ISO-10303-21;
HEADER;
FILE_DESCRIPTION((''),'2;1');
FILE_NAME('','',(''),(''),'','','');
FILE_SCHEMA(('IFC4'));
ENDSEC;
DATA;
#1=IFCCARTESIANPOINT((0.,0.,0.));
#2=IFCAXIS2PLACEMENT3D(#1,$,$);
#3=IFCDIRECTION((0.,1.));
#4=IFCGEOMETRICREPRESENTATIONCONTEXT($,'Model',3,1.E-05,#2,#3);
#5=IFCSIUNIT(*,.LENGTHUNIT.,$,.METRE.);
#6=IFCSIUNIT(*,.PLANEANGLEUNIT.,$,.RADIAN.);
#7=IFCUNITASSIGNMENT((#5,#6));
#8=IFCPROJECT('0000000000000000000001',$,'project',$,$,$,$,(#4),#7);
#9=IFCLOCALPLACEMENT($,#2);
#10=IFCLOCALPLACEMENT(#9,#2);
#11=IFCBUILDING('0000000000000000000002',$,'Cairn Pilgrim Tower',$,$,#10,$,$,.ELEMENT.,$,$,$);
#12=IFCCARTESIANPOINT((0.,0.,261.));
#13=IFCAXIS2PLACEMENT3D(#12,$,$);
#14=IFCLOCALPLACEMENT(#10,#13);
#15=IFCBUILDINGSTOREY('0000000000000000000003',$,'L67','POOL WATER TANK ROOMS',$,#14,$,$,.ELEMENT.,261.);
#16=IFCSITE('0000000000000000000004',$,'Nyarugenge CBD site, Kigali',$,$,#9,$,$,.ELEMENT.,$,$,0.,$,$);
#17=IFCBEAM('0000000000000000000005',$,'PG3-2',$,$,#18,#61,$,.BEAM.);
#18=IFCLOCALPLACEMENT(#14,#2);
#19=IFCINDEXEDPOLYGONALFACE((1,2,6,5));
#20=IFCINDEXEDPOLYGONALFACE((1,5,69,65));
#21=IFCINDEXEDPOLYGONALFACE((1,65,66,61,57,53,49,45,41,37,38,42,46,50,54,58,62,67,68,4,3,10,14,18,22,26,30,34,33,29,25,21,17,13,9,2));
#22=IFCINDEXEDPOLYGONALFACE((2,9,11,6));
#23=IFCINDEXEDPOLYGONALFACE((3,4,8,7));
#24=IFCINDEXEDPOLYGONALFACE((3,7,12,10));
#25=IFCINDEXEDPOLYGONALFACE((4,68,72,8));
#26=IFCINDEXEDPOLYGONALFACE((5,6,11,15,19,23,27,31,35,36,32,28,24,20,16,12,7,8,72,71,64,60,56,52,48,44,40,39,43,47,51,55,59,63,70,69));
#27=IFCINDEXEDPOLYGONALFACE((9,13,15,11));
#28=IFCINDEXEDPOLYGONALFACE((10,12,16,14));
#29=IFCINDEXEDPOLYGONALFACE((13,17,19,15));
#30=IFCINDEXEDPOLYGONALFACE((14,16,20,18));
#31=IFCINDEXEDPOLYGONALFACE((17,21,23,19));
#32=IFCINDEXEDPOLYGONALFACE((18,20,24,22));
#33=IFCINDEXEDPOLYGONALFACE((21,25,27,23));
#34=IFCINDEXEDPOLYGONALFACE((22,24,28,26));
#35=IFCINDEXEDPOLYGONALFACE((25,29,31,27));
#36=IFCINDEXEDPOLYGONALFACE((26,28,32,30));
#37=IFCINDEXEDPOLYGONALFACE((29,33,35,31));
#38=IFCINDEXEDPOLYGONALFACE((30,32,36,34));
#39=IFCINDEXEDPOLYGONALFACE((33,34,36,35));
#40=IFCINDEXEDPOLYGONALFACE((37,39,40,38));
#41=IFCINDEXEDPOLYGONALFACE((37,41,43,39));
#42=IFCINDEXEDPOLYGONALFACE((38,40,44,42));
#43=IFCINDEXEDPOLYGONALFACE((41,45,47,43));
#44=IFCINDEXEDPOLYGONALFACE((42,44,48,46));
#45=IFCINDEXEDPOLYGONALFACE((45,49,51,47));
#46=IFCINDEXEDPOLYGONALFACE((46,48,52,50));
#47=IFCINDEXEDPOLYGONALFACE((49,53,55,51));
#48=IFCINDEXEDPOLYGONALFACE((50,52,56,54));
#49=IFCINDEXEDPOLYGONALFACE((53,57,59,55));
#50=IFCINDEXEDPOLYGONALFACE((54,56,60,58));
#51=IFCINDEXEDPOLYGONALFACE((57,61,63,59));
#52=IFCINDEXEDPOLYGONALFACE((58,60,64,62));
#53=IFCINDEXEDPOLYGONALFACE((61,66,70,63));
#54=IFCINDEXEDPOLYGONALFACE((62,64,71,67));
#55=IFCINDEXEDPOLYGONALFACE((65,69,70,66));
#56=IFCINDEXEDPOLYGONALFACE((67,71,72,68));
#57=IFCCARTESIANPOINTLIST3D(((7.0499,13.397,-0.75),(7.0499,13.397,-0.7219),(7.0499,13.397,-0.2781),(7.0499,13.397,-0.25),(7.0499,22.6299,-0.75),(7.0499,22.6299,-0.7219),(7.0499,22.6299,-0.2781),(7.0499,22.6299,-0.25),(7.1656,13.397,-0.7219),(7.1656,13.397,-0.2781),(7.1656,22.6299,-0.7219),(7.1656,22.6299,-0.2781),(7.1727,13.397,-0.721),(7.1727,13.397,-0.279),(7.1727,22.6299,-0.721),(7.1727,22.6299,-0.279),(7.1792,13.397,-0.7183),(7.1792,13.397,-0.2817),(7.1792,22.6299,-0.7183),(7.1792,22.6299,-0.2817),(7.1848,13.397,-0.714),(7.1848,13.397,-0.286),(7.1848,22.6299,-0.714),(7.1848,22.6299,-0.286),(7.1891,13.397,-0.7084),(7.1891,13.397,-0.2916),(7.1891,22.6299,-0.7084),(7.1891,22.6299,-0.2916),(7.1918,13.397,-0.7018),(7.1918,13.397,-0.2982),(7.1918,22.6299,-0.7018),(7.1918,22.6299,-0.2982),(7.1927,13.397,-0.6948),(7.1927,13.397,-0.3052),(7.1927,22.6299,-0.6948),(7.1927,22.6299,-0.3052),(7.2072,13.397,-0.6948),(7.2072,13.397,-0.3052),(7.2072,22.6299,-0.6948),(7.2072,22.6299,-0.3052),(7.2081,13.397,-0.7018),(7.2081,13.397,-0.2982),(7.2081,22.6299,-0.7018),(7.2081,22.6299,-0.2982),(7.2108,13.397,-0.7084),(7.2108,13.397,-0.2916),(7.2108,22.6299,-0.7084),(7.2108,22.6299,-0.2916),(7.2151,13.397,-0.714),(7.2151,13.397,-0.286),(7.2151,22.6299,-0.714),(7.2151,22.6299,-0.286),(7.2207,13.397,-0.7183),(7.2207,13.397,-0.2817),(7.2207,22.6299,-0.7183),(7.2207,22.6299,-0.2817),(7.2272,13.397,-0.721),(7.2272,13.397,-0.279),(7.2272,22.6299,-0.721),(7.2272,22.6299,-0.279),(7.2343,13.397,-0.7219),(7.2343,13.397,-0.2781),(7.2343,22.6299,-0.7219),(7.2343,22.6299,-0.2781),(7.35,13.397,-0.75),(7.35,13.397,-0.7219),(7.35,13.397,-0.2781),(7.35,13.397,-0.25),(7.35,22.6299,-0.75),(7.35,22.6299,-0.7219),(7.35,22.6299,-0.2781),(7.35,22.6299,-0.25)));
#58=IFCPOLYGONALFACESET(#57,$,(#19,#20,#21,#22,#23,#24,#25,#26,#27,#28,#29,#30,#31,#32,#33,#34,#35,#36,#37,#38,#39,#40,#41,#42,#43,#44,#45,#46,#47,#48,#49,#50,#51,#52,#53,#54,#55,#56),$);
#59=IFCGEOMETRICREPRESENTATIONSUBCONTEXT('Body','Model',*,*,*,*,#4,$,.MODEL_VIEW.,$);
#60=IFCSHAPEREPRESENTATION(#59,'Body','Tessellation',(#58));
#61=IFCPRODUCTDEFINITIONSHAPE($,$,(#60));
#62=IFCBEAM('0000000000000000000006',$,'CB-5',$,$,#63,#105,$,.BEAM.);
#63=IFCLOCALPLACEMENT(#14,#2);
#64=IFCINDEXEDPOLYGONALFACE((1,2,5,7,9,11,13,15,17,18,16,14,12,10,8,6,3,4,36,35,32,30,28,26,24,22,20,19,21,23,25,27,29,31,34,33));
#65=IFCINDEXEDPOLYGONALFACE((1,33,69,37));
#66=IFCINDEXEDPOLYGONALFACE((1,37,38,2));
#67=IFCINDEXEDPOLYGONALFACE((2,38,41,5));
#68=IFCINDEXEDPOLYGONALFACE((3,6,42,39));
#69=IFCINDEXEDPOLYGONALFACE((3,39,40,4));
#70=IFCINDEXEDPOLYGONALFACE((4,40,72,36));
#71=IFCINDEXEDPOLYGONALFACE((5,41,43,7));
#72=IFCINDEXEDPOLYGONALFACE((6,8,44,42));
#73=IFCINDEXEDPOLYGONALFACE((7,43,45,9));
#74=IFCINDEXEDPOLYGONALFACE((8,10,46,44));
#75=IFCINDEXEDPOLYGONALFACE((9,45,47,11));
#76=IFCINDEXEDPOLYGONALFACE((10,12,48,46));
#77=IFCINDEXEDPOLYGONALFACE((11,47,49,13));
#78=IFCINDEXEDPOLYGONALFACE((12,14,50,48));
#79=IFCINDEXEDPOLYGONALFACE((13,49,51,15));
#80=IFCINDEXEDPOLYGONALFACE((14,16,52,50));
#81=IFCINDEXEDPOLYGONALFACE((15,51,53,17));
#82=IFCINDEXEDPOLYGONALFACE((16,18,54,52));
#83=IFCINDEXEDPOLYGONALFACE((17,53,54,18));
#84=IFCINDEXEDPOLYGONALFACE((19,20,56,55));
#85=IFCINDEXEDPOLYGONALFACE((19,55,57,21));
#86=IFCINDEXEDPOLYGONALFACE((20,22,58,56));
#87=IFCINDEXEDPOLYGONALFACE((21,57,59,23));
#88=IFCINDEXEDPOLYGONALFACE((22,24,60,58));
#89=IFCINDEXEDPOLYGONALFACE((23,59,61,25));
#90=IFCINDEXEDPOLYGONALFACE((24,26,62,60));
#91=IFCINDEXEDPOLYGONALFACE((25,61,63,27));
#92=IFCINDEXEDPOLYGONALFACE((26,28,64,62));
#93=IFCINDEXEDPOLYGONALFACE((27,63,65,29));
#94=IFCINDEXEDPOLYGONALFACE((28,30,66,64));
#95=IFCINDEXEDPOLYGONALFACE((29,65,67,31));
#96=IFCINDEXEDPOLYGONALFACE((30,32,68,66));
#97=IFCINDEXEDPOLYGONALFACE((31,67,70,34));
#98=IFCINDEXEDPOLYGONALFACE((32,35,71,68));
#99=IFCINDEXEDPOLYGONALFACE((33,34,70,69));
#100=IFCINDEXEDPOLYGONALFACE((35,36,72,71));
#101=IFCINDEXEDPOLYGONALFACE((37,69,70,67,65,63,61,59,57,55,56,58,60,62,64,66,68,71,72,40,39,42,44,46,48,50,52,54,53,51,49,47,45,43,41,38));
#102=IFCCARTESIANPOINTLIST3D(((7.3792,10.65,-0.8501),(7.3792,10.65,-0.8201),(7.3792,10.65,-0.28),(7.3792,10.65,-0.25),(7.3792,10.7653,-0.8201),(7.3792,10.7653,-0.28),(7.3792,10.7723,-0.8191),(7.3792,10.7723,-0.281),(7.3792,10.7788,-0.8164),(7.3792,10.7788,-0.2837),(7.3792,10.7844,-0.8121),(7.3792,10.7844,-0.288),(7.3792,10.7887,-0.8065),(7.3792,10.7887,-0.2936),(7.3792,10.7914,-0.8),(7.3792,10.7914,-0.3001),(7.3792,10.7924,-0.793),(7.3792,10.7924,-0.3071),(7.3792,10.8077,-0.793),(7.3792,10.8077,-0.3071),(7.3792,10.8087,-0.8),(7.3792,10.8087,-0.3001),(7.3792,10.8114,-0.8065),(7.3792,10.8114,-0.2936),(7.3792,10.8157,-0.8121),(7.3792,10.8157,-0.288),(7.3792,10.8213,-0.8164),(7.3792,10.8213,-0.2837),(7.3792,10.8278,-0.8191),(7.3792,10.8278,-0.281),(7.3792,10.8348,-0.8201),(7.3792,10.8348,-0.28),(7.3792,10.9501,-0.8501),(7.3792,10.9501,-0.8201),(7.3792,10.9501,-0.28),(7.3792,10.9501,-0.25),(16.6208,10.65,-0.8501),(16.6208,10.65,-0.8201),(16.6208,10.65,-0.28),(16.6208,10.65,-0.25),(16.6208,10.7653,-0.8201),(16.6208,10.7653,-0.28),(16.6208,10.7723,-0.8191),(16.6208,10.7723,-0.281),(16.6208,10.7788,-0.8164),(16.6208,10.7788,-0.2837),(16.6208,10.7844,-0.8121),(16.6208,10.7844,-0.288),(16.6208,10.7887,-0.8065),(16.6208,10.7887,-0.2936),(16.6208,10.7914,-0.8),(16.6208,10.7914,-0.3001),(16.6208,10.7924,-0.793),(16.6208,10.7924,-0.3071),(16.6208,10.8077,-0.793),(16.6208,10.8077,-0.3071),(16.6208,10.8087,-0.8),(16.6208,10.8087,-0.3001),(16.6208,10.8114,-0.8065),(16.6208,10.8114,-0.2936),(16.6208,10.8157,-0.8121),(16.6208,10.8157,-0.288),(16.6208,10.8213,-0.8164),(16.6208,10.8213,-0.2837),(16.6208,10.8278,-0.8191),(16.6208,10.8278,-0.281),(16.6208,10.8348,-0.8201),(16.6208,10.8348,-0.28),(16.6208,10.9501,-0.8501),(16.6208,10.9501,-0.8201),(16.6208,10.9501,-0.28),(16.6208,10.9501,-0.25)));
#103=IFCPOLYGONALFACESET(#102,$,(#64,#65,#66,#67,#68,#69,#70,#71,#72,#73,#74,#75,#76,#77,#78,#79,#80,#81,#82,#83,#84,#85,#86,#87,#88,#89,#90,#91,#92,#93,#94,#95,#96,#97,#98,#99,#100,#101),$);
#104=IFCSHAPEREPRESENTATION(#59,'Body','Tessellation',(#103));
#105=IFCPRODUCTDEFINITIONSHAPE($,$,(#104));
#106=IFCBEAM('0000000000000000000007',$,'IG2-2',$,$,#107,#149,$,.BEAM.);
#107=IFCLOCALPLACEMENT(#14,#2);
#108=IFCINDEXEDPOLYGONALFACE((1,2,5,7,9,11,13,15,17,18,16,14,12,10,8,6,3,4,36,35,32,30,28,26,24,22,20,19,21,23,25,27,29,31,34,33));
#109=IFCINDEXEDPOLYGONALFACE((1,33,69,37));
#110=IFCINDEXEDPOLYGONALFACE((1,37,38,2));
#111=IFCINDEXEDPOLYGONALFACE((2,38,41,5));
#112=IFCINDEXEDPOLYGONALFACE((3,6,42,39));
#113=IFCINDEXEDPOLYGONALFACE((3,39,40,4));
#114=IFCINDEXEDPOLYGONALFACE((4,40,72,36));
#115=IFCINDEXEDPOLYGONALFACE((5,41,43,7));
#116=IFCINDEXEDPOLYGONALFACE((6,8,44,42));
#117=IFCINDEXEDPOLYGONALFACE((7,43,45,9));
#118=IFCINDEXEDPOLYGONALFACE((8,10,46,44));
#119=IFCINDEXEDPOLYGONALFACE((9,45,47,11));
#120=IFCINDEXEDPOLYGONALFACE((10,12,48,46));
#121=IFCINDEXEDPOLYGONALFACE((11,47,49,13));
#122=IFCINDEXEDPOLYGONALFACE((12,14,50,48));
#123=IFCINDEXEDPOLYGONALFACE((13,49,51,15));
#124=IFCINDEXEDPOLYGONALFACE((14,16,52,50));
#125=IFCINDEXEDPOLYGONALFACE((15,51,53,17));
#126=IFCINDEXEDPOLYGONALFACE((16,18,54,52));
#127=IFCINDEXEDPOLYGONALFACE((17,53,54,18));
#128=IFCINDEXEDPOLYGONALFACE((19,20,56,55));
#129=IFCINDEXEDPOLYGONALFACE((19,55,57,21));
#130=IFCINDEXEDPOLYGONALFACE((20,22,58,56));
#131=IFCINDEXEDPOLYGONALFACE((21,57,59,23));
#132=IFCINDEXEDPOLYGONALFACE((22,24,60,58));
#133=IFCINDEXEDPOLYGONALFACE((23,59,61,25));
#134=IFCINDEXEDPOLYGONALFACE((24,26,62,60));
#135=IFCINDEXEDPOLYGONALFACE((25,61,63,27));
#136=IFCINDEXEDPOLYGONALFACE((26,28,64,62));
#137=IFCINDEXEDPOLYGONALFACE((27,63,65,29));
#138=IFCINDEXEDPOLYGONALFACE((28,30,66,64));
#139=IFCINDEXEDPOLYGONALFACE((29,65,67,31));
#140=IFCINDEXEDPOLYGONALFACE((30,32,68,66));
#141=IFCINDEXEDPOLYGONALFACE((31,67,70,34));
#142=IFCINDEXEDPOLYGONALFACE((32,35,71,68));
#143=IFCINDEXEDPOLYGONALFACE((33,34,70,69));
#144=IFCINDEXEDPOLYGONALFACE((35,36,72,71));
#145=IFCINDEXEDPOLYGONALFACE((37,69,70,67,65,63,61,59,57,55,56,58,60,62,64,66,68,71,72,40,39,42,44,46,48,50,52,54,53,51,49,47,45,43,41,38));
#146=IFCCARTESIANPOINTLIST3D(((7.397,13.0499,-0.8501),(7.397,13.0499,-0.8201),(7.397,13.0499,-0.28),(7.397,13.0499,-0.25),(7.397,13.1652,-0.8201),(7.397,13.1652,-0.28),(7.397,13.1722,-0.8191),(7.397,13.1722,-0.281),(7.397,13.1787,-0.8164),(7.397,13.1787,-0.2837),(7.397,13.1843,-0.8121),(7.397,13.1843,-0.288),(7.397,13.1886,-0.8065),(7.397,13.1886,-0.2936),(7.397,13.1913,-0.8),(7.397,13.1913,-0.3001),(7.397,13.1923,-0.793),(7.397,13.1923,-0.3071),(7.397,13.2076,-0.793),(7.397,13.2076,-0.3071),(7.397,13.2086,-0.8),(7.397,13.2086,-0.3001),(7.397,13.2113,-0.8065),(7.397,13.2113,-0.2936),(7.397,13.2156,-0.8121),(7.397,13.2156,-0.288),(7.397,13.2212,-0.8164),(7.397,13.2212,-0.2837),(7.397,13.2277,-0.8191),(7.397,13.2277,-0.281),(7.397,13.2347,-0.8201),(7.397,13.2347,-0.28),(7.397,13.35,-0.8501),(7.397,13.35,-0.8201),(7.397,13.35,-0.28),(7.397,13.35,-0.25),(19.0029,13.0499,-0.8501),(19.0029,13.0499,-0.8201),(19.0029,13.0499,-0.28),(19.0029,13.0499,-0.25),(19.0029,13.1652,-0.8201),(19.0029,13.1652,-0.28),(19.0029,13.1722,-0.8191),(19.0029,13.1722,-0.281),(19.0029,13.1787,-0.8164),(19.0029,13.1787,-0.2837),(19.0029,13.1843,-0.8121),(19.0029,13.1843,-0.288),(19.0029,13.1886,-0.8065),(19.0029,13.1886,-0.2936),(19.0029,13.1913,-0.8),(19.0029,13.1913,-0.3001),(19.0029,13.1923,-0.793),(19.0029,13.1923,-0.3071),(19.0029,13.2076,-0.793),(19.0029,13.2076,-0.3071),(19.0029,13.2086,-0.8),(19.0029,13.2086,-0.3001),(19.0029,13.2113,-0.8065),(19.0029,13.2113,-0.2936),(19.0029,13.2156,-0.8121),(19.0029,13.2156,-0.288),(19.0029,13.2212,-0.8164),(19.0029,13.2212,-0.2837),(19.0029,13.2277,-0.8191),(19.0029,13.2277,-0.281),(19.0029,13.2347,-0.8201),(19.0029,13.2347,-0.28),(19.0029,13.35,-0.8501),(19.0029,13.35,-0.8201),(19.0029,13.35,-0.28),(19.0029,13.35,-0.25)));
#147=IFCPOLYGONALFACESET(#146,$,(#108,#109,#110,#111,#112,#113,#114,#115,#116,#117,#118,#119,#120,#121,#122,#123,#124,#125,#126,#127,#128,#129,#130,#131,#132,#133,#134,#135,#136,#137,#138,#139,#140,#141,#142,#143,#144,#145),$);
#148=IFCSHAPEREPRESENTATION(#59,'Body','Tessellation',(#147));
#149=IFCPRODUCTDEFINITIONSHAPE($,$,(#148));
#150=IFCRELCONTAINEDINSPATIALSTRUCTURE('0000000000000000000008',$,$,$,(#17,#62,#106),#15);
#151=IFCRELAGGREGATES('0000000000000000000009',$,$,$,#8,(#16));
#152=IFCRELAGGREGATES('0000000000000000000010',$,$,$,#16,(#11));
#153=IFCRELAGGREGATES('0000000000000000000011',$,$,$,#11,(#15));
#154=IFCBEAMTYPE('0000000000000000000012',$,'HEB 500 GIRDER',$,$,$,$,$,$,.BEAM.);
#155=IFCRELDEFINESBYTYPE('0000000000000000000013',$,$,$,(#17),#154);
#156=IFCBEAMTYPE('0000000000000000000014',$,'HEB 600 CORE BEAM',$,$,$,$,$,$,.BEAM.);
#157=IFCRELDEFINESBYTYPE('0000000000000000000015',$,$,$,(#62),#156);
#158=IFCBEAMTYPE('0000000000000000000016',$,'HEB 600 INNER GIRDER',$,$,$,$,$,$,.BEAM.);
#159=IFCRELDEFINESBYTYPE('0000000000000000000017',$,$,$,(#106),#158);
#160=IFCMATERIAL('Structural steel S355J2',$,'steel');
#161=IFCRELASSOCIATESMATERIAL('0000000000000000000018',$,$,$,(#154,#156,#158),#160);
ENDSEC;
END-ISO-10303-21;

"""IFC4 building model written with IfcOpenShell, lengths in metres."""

from ifc_helpers import new_model, si_unit, direction, frame, origin, origin_2d, place, context, subcontext, project, spatial, i_section, extrude, material, material_profile, profile_set, type_object, element, save


model = new_model("IFC4")

# Units and contexts
model_context = context("Model", 3, precision=1e-05, world=origin(), true_north=direction((0.0, 1.0)))
body_context = subcontext(model_context, "Body", "Model", "MODEL_VIEW")
ifc_project = project(units=[si_unit("LENGTHUNIT", "METRE"), si_unit("PLANEANGLEUNIT", "RADIAN")], contexts=[model_context])

# Site, building, storey
site_placement = place(None, origin())
site = spatial("IfcSite", under=ifc_project, at=site_placement, Name="Nyarugenge CBD site, Kigali", CompositionType="ELEMENT", RefElevation=0.0)
building_placement = place(site_placement, origin())
building = spatial("IfcBuilding", under=site, at=building_placement, Name="Cairn Pilgrim Tower", CompositionType="ELEMENT")
storey_placement = place(building_placement, frame((0.0, 0.0, 261.0)))
storey = spatial("IfcBuildingStorey", under=building, at=storey_placement, Name="L67", Description="POOL WATER TANK ROOMS", CompositionType="ELEMENT", Elevation=261.0)

# Shared definitions
ifc_material_1 = material(Name="Structural steel S355J2", Category="steel")

# Beams
ifc_material_profile_1 = material_profile(ifc_material_1, i_section(OverallWidth=0.3, OverallDepth=0.5, WebThickness=0.0144, FlangeThickness=0.0281, FilletRadius=0.0271, at=origin_2d()), Name="HEB 500")
ifc_profile_set_1 = profile_set([ifc_material_profile_1], Name="Structural steel S355J2")
beam_type_1 = type_object("IfcBeamType", Name="HEB 500 GIRDER", PredefinedType="BEAM", material=ifc_profile_set_1)
beam_1_placement = place(storey_placement, frame((7.2, 13.397, -0.5), z_axis=(0.0, 1.0, 0.0), x_axis=(-1.0, 0.0, 0.0)))
element("IfcBeam", 1, at=beam_1_placement, inside=storey, type_object=beam_type_1, Name="PG3-2", PredefinedType="BEAM", context=body_context, shape_type="SweptSolid", body=[
    extrude(i_section(OverallWidth=0.3, OverallDepth=0.5, WebThickness=0.0144, FlangeThickness=0.0281, FilletRadius=0.0271, at=origin_2d()), origin(), (0.0, 0.0, 1.0), 9.2329),
])
ifc_material_profile_2 = material_profile(ifc_material_1, i_section(OverallWidth=0.3, OverallDepth=0.6001, WebThickness=0.0154, FlangeThickness=0.03, FilletRadius=0.0271, at=origin_2d()), Name="HEB 600")
ifc_profile_set_2 = profile_set([ifc_material_profile_2], Name="Structural steel S355J2")
beam_type_2 = type_object("IfcBeamType", Name="HEB 600 CORE BEAM", PredefinedType="BEAM", material=ifc_profile_set_2)
beam_2_placement = place(storey_placement, frame((16.6208, 10.8, -0.55), z_axis=(-1.0, 0.0, 0.0), x_axis=(0.0, -1.0, 0.0)))
element("IfcBeam", 2, at=beam_2_placement, inside=storey, type_object=beam_type_2, Name="CB-5", PredefinedType="BEAM", context=body_context, shape_type="SweptSolid", body=[
    extrude(i_section(OverallWidth=0.3, OverallDepth=0.6001, WebThickness=0.0154, FlangeThickness=0.03, FilletRadius=0.0271, at=origin_2d()), origin(), (0.0, 0.0, 1.0), 9.2417),
])
ifc_material_profile_3 = material_profile(ifc_material_1, i_section(OverallWidth=0.3, OverallDepth=0.6001, WebThickness=0.0154, FlangeThickness=0.03, FilletRadius=0.0271, at=origin_2d()), Name="HEB 600")
ifc_profile_set_3 = profile_set([ifc_material_profile_3], Name="Structural steel S355J2")
beam_type_3 = type_object("IfcBeamType", Name="HEB 600 INNER GIRDER", PredefinedType="BEAM", material=ifc_profile_set_3)
beam_3_placement = place(storey_placement, frame((7.397, 13.2, -0.55), z_axis=(1.0, 0.0, 0.0), x_axis=(0.0, 1.0, 0.0)))
element("IfcBeam", 3, at=beam_3_placement, inside=storey, type_object=beam_type_3, Name="IG2-2", PredefinedType="BEAM", context=body_context, shape_type="SweptSolid", body=[
    extrude(i_section(OverallWidth=0.3, OverallDepth=0.6001, WebThickness=0.0154, FlangeThickness=0.03, FilletRadius=0.0271, at=origin_2d()), origin(), (0.0, 0.0, 1.0), 11.606),
])

save(model, "model.ifc")
